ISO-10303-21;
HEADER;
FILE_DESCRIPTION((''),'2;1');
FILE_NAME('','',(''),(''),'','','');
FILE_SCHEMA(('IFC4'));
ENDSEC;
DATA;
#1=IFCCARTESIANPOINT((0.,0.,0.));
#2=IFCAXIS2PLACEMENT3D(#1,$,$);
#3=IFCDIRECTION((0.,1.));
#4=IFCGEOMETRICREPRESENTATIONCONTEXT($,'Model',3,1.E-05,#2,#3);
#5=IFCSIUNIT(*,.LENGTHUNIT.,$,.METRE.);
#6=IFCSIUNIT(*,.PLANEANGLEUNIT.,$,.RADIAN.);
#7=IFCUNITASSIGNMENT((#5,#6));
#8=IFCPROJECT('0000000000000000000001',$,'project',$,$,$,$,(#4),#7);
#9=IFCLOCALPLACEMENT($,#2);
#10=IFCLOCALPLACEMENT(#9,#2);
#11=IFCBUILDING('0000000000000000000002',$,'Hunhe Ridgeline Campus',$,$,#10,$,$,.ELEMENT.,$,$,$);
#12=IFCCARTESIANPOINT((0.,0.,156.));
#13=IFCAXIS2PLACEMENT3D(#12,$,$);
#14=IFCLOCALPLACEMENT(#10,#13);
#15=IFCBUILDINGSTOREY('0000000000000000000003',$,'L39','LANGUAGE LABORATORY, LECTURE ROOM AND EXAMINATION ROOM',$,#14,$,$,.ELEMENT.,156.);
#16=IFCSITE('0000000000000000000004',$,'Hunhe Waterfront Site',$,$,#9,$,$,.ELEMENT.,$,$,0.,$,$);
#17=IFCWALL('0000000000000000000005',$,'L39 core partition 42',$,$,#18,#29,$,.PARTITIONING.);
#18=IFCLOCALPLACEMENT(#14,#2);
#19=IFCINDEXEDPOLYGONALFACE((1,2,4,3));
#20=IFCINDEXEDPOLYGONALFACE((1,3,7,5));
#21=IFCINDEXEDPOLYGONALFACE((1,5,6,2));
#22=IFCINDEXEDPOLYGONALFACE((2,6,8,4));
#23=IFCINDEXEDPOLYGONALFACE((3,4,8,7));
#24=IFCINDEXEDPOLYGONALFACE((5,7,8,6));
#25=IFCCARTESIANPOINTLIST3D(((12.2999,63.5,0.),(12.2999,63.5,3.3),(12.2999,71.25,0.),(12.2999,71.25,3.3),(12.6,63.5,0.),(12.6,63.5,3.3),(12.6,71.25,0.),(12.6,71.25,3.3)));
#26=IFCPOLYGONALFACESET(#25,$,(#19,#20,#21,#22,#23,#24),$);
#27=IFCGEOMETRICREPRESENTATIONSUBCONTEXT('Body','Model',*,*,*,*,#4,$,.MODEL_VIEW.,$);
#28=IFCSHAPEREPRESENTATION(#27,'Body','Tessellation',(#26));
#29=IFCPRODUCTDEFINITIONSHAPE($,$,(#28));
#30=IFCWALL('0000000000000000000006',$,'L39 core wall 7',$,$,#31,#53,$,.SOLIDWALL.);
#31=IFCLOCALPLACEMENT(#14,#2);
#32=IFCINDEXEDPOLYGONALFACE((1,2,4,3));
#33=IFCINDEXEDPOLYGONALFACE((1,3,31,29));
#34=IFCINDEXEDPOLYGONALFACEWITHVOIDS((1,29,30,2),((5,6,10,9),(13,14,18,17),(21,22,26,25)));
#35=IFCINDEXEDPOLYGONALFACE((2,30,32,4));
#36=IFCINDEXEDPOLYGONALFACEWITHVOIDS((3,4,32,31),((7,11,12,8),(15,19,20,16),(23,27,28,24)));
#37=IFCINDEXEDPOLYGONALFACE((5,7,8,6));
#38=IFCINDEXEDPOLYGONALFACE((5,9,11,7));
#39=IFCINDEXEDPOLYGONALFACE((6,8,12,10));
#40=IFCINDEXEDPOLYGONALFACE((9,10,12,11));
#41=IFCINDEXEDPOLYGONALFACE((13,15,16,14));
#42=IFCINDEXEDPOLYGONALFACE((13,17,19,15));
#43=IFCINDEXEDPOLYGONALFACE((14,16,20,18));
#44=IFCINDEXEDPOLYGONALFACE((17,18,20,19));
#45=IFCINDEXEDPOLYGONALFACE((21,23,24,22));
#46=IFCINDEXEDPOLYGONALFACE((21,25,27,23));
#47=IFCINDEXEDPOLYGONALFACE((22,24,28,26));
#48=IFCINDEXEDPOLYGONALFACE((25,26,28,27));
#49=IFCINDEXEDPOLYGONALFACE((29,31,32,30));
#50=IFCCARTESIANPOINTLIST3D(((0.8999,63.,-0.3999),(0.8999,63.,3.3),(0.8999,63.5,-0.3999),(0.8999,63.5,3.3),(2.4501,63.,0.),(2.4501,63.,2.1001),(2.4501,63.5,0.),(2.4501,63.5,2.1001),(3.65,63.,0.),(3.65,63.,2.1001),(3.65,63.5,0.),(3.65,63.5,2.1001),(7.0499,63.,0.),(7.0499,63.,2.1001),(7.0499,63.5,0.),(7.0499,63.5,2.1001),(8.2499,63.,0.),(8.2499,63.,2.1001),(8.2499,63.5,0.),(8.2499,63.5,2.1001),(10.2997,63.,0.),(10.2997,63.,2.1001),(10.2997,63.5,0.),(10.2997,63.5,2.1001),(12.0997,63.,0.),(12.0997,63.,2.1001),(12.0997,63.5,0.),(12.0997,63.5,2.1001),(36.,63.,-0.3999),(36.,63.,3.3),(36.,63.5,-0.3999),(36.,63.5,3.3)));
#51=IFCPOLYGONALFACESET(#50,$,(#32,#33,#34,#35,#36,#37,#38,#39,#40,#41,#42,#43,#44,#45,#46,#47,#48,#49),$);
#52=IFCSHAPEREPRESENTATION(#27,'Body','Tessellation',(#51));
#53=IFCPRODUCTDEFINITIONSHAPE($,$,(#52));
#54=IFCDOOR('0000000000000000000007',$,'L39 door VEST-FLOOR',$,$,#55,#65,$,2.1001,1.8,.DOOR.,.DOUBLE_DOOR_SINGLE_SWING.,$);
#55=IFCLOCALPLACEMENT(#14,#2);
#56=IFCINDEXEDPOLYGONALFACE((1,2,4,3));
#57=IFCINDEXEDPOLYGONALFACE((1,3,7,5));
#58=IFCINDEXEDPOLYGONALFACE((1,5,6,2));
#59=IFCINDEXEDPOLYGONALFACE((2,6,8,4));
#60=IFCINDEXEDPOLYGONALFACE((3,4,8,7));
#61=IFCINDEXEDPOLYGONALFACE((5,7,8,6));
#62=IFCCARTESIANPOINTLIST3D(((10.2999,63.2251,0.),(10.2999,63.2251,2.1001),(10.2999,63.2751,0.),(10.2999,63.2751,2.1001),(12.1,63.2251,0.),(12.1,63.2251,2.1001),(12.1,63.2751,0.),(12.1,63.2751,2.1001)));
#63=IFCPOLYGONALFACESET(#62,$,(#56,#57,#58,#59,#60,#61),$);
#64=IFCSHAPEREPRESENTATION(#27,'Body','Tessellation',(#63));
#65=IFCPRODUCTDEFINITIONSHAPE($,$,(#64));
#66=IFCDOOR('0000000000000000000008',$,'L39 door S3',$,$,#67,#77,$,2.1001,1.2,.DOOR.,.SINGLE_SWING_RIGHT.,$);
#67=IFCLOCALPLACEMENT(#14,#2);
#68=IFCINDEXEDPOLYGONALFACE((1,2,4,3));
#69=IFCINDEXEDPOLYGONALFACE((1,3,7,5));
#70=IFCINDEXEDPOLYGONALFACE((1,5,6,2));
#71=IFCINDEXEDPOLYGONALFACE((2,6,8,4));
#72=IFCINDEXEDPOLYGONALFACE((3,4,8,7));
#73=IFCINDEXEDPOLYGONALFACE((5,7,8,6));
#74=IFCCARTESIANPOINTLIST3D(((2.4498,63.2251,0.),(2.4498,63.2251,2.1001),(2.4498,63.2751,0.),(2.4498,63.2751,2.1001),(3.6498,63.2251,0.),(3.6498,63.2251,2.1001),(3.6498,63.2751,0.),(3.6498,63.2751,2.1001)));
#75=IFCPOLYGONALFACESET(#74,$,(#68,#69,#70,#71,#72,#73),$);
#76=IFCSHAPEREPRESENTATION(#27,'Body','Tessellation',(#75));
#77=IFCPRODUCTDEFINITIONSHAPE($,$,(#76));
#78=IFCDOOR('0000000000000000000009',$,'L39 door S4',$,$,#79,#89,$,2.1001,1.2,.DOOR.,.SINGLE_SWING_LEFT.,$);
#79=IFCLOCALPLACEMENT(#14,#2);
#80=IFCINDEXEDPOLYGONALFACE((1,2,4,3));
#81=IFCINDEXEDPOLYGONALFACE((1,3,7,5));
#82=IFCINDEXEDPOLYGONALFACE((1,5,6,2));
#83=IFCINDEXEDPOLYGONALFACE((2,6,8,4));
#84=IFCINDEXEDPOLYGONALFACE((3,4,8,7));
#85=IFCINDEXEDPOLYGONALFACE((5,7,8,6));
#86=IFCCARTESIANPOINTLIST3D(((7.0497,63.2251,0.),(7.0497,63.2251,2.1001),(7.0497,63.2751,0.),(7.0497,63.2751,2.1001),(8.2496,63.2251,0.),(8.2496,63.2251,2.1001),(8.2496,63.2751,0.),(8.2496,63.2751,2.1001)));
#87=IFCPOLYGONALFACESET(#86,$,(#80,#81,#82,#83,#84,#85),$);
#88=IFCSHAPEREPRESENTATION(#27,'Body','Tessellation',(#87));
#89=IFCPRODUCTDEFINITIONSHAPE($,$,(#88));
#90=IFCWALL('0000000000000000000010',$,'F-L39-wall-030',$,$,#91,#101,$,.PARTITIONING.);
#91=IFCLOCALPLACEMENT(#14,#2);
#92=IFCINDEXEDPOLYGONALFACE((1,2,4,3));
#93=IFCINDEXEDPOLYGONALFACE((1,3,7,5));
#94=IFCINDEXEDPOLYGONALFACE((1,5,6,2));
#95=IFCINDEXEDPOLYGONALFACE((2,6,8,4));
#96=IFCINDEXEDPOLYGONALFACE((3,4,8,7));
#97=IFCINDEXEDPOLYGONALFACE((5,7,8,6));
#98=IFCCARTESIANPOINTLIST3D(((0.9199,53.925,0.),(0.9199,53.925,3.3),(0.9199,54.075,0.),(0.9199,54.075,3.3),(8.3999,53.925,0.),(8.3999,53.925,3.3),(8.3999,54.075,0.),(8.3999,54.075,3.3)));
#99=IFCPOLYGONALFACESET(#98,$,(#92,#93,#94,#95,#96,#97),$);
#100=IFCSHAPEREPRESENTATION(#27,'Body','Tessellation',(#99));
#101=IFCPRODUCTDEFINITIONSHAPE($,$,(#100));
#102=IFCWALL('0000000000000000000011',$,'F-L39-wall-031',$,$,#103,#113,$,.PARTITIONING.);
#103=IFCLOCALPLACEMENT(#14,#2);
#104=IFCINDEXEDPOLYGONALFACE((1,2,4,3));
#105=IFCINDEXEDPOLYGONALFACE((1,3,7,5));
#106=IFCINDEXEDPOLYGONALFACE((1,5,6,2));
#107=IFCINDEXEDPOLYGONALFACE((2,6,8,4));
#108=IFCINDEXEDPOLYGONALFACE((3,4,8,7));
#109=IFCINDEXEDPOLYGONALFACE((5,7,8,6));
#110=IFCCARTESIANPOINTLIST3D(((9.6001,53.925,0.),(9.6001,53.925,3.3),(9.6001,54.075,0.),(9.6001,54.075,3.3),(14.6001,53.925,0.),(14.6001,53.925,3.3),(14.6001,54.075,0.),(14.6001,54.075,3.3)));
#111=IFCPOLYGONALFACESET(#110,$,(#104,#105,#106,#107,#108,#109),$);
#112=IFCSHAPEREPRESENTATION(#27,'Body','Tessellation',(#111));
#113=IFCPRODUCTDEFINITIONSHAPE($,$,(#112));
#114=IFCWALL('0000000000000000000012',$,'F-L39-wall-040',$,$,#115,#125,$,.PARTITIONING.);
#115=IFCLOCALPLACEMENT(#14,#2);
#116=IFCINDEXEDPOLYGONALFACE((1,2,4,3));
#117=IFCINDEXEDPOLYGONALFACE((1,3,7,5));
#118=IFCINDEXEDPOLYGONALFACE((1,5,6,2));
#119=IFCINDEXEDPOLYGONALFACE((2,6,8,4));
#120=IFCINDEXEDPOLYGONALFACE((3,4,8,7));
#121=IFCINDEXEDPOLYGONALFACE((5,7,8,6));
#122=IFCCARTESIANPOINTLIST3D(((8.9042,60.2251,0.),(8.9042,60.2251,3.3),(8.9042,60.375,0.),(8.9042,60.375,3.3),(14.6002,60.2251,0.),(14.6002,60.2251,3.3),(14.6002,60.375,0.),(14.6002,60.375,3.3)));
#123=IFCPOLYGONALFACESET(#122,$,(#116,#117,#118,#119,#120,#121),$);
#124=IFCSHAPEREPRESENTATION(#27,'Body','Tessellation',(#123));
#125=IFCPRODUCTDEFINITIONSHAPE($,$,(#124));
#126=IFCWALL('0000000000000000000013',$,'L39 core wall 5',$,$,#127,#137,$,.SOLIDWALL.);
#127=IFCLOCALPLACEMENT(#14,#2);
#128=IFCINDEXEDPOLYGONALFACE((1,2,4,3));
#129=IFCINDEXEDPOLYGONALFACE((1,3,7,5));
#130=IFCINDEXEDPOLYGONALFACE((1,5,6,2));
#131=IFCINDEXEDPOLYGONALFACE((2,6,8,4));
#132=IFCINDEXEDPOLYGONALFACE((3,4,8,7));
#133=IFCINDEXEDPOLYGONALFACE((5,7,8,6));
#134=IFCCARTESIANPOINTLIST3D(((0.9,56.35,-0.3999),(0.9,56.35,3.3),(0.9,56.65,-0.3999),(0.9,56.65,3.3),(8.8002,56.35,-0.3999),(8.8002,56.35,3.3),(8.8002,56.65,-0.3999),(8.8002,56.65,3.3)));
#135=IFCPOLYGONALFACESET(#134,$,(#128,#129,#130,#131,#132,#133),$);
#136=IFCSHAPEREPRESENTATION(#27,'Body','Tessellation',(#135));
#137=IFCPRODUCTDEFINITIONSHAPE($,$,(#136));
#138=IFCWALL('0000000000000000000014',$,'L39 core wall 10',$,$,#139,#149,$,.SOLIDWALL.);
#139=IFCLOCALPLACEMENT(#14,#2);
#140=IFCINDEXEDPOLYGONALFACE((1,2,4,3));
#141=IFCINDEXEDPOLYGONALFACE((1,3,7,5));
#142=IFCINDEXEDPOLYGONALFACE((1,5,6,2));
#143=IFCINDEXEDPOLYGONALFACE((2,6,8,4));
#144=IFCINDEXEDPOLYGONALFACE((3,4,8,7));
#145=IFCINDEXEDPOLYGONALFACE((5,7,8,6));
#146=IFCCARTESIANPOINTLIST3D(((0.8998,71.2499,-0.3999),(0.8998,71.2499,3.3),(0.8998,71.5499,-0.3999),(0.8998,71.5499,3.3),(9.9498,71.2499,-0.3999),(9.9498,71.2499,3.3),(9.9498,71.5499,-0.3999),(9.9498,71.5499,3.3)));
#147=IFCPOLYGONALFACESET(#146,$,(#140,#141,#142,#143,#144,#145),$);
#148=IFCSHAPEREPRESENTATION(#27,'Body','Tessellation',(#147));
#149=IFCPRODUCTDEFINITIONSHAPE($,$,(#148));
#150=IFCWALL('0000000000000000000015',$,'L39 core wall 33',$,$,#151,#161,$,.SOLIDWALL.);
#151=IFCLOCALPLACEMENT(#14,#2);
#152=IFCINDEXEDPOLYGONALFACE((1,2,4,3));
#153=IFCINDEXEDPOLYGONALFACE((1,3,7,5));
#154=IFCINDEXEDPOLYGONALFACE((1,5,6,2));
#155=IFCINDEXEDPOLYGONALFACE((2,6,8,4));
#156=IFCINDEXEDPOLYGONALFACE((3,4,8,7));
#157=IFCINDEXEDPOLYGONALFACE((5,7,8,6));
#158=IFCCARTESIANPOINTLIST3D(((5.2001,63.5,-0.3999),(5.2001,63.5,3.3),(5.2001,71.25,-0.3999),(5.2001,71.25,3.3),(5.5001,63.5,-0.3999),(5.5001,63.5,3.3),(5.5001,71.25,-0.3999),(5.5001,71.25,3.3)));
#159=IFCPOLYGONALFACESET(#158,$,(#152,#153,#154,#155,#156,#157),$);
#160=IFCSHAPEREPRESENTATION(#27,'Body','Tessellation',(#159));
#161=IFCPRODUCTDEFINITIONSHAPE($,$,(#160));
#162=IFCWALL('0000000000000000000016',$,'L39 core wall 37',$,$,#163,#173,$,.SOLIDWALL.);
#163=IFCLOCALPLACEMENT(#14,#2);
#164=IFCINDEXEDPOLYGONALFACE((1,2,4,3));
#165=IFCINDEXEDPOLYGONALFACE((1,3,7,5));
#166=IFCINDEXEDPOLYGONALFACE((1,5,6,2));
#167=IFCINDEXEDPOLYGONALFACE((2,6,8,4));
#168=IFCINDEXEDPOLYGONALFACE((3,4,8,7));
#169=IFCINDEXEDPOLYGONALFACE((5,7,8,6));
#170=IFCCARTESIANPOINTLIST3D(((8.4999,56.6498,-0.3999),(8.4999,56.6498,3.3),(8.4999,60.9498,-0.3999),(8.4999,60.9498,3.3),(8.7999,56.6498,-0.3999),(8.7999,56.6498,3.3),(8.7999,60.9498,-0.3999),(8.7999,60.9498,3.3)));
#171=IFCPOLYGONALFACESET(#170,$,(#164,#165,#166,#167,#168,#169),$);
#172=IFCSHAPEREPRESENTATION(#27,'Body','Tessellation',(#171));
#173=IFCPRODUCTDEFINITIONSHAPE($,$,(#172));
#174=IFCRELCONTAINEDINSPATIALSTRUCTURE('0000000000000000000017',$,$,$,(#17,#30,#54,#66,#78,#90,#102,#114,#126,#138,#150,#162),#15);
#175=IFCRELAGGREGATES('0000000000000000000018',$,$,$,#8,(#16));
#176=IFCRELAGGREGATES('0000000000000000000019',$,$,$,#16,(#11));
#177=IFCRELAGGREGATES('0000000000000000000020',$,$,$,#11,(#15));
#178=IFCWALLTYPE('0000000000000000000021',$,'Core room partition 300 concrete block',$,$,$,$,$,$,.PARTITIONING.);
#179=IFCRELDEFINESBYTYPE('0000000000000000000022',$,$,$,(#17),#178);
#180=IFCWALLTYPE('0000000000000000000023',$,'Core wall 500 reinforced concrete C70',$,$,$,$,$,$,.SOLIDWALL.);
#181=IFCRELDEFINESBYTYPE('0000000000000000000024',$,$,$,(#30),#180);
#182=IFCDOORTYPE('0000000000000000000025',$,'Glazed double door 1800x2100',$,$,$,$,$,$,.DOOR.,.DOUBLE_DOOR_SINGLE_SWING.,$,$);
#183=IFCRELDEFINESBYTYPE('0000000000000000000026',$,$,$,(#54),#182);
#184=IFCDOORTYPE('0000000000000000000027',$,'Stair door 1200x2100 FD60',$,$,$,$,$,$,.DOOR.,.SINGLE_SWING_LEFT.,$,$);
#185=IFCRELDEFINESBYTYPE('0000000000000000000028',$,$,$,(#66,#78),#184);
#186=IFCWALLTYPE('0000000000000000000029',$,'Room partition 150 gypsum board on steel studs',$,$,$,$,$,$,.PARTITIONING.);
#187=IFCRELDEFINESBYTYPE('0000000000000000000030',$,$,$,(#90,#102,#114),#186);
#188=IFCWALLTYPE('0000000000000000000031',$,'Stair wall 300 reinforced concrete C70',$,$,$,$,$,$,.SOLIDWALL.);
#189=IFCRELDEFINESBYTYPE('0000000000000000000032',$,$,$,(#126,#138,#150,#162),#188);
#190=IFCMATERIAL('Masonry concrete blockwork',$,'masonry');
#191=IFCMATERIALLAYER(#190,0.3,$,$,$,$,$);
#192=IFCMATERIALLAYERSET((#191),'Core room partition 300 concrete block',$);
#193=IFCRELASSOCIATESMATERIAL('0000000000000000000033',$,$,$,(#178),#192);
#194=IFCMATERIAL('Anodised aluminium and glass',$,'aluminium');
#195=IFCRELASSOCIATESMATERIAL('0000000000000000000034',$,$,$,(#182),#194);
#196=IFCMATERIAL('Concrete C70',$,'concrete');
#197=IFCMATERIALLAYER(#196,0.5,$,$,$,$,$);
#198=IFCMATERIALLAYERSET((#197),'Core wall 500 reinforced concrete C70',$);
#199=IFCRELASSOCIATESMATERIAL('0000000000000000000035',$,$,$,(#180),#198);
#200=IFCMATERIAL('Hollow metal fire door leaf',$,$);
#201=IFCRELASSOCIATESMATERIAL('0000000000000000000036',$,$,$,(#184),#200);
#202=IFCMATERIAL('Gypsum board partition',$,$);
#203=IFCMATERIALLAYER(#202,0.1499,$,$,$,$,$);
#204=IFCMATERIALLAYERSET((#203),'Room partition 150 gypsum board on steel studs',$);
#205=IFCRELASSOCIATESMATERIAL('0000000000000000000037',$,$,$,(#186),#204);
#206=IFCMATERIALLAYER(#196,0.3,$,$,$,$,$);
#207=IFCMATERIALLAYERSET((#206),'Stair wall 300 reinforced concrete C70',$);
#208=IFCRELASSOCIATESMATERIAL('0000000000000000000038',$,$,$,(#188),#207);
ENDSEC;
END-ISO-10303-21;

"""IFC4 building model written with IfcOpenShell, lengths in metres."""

from ifc_helpers import new_model, si_unit, direction, frame, frame_2d, origin, place, context, subcontext, project, spatial, rectangle, extrude, material, layer, layer_set, type_object, element, fill, save


model = new_model("IFC4")

# Units and contexts
model_context = context("Model", 3, precision=1e-05, world=origin(), true_north=direction((0.0, 1.0)))
body_context = subcontext(model_context, "Body", "Model", "MODEL_VIEW")
ifc_project = project(units=[si_unit("LENGTHUNIT", "METRE"), si_unit("PLANEANGLEUNIT", "RADIAN")], contexts=[model_context])

# Site, building, storey
site_placement = place(None, origin())
site = spatial("IfcSite", under=ifc_project, at=site_placement, Name="Hunhe Waterfront Site", CompositionType="ELEMENT", RefElevation=0.0)
building_placement = place(site_placement, origin())
building = spatial("IfcBuilding", under=site, at=building_placement, Name="Hunhe Ridgeline Campus", CompositionType="ELEMENT")
storey_placement = place(building_placement, frame((0.0, 0.0, 156.0)))
storey = spatial("IfcBuildingStorey", under=building, at=storey_placement, Name="L39", Description="LANGUAGE LABORATORY, LECTURE ROOM AND EXAMINATION ROOM", CompositionType="ELEMENT", Elevation=156.0)

# Shared definitions
ifc_material_1 = material(Name="Masonry concrete blockwork", Category="masonry")
ifc_layer_1 = layer(ifc_material_1, 0.3)
ifc_layer_set_1 = layer_set([ifc_layer_1], Name="Core room partition 300 concrete block")
wall_type_1 = type_object("IfcWallType", Name="Core room partition 300 concrete block", PredefinedType="PARTITIONING", material=ifc_layer_set_1)
ifc_material_2 = material(Name="Anodised aluminium and glass", Category="aluminium")
door_type_1 = type_object("IfcDoorType", Name="Glazed double door 1800x2100", OperationType="DOUBLE_DOOR_SINGLE_SWING", PredefinedType="DOOR", material=ifc_material_2)

# Wall
wall_1_placement = place(storey_placement, frame((12.45, 63.5, 0.0), z_axis=(0.0, 0.0, 1.0), x_axis=(0.0, 1.0, 0.0)))
element("IfcWall", 1, at=wall_1_placement, inside=storey, type_object=wall_type_1, Name="L39 core partition 42", PredefinedType="PARTITIONING", context=body_context, shape_type="SweptSolid", body=[
    extrude(rectangle(XDim=7.75, YDim=0.3, at=frame_2d((3.875, 0.0))), origin(), (0.0, 0.0, 1.0), 3.3),
])

# Wall, openings, doors
ifc_material_3 = material(Name="Concrete C70", Category="concrete")
ifc_layer_2 = layer(ifc_material_3, 0.5)
ifc_layer_set_2 = layer_set([ifc_layer_2], Name="Core wall 500 reinforced concrete C70")
wall_type_2 = type_object("IfcWallType", Name="Core wall 500 reinforced concrete C70", PredefinedType="SOLIDWALL", material=ifc_layer_set_2)
wall_2_placement = place(storey_placement, frame((0.8999, 63.25, -0.3999), z_axis=(0.0, 0.0, 1.0), x_axis=(1.0, 0.0, 0.0)))
wall_2 = element("IfcWall", 2, at=wall_2_placement, inside=storey, type_object=wall_type_2, Name="L39 core wall 7", PredefinedType="SOLIDWALL", context=body_context, shape_type="SweptSolid", body=[
    extrude(rectangle(XDim=35.1001, YDim=0.5, at=frame_2d((17.55, 0.0))), origin(), (0.0, 0.0, 1.0), 3.7),
])
opening_1_placement = place(wall_2_placement, frame((9.3999, 0.0, 0.3999)))
opening_1 = element("IfcOpeningElement", 3, at=opening_1_placement, cuts=wall_2, PredefinedType="OPENING", context=body_context, shape_type="SweptSolid", body=[
    extrude(rectangle(XDim=1.8, YDim=2.1001, at=frame_2d((0.8999, 1.05))), frame((0.0, 0.25, 0.0), z_axis=(0.0, -1.0, 0.0), x_axis=(1.0, 0.0, 0.0)), (0.0, 0.0, 1.0), 0.5),
])
opening_2_placement = place(wall_2_placement, frame((1.55, 0.0, 0.3999)))
opening_2 = element("IfcOpeningElement", 4, at=opening_2_placement, cuts=wall_2, PredefinedType="OPENING", context=body_context, shape_type="SweptSolid", body=[
    extrude(rectangle(XDim=1.2, YDim=2.1001, at=frame_2d((0.6001, 1.05))), frame((0.0, 0.25, 0.0), z_axis=(0.0, -1.0, 0.0), x_axis=(1.0, 0.0, 0.0)), (0.0, 0.0, 1.0), 0.5),
])
opening_3_placement = place(wall_2_placement, frame((6.1499, 0.0, 0.3999)))
opening_3 = element("IfcOpeningElement", 5, at=opening_3_placement, cuts=wall_2, PredefinedType="OPENING", context=body_context, shape_type="SweptSolid", body=[
    extrude(rectangle(XDim=1.2, YDim=2.1001, at=frame_2d((0.6001, 1.05))), frame((0.0, 0.25, 0.0), z_axis=(0.0, -1.0, 0.0), x_axis=(1.0, 0.0, 0.0)), (0.0, 0.0, 1.0), 0.5),
])
door_1_placement = place(opening_1_placement, frame((1.8, 0.0, 0.0), z_axis=(0.0, 0.0, 1.0), x_axis=(-1.0, 0.0, 0.0)))
door_1 = element("IfcDoor", 6, at=door_1_placement, inside=storey, type_object=door_type_1, Name="L39 door VEST-FLOOR", OperationType="DOUBLE_DOOR_SINGLE_SWING", OverallHeight=2.1001, OverallWidth=1.8, PredefinedType="DOOR", context=body_context, shape_type="SweptSolid", body=[
    extrude(rectangle(XDim=1.8, YDim=2.1001, at=frame_2d((0.8999, 1.05))), frame((0.0, 0.0249, 0.0), z_axis=(0.0, -1.0, 0.0), x_axis=(1.0, 0.0, 0.0)), (0.0, 0.0, 1.0), 0.05),
])
fill(opening_1, door_1)
ifc_material_4 = material(Name="Hollow metal fire door leaf")
door_type_2 = type_object("IfcDoorType", Name="Stair door 1200x2100 FD60", OperationType="SINGLE_SWING_LEFT", PredefinedType="DOOR", material=ifc_material_4)
door_2_placement = place(opening_2_placement, frame((1.2, 0.0, 0.0), z_axis=(0.0, 0.0, 1.0), x_axis=(-1.0, 0.0, 0.0)))
door_2 = element("IfcDoor", 7, at=door_2_placement, inside=storey, type_object=door_type_2, Name="L39 door S3", OperationType="SINGLE_SWING_RIGHT", OverallHeight=2.1001, OverallWidth=1.2, PredefinedType="DOOR", context=body_context, shape_type="SweptSolid", body=[
    extrude(rectangle(XDim=1.2, YDim=2.1001, at=frame_2d((0.6001, 1.05))), frame((0.0, 0.0249, 0.0), z_axis=(0.0, -1.0, 0.0), x_axis=(1.0, 0.0, 0.0)), (0.0, 0.0, 1.0), 0.05),
])
fill(opening_2, door_2)
door_3_placement = place(opening_3_placement, frame((1.2, 0.0, 0.0), z_axis=(0.0, 0.0, 1.0), x_axis=(-1.0, 0.0, 0.0)))
door_3 = element("IfcDoor", 8, at=door_3_placement, inside=storey, type_object=door_type_2, Name="L39 door S4", OperationType="SINGLE_SWING_LEFT", OverallHeight=2.1001, OverallWidth=1.2, PredefinedType="DOOR", context=body_context, shape_type="SweptSolid", body=[
    extrude(rectangle(XDim=1.2, YDim=2.1001, at=frame_2d((0.6001, 1.05))), frame((0.0, 0.0249, 0.0), z_axis=(0.0, -1.0, 0.0), x_axis=(1.0, 0.0, 0.0)), (0.0, 0.0, 1.0), 0.05),
])
fill(opening_3, door_3)

# Walls
ifc_material_5 = material(Name="Gypsum board partition")
ifc_layer_3 = layer(ifc_material_5, 0.1499)
ifc_layer_set_3 = layer_set([ifc_layer_3], Name="Room partition 150 gypsum board on steel studs")
wall_type_3 = type_object("IfcWallType", Name="Room partition 150 gypsum board on steel studs", PredefinedType="PARTITIONING", material=ifc_layer_set_3)
wall_3_placement = place(storey_placement, frame((0.9199, 54.0, 0.0), z_axis=(0.0, 0.0, 1.0), x_axis=(1.0, 0.0, 0.0)))
element("IfcWall", 9, at=wall_3_placement, inside=storey, type_object=wall_type_3, Name="F-L39-wall-030", PredefinedType="PARTITIONING", context=body_context, shape_type="SweptSolid", body=[
    extrude(rectangle(XDim=7.48, YDim=0.1499, at=frame_2d((3.74, 0.0))), origin(), (0.0, 0.0, 1.0), 3.3),
])
wall_4_placement = place(storey_placement, frame((9.6001, 54.0, 0.0), z_axis=(0.0, 0.0, 1.0), x_axis=(1.0, 0.0, 0.0)))
element("IfcWall", 10, at=wall_4_placement, inside=storey, type_object=wall_type_3, Name="F-L39-wall-031", PredefinedType="PARTITIONING", context=body_context, shape_type="SweptSolid", body=[
    extrude(rectangle(XDim=5.0, YDim=0.1499, at=frame_2d((2.5, 0.0))), origin(), (0.0, 0.0, 1.0), 3.3),
])
wall_5_placement = place(storey_placement, frame((8.9041, 60.3, 0.0), z_axis=(0.0, 0.0, 1.0), x_axis=(1.0, 0.0, 0.0)))
element("IfcWall", 11, at=wall_5_placement, inside=storey, type_object=wall_type_3, Name="F-L39-wall-040", PredefinedType="PARTITIONING", context=body_context, shape_type="SweptSolid", body=[
    extrude(rectangle(XDim=5.696, YDim=0.1499, at=frame_2d((2.8481, 0.0))), origin(), (0.0, 0.0, 1.0), 3.3),
])
ifc_layer_4 = layer(ifc_material_3, 0.3)
ifc_layer_set_4 = layer_set([ifc_layer_4], Name="Stair wall 300 reinforced concrete C70")
wall_type_4 = type_object("IfcWallType", Name="Stair wall 300 reinforced concrete C70", PredefinedType="SOLIDWALL", material=ifc_layer_set_4)
wall_6_placement = place(storey_placement, frame((0.8999, 56.5, -0.3999), z_axis=(0.0, 0.0, 1.0), x_axis=(1.0, 0.0, 0.0)))
element("IfcWall", 12, at=wall_6_placement, inside=storey, type_object=wall_type_4, Name="L39 core wall 5", PredefinedType="SOLIDWALL", context=body_context, shape_type="SweptSolid", body=[
    extrude(rectangle(XDim=7.9001, YDim=0.3, at=frame_2d((3.9502, 0.0))), origin(), (0.0, 0.0, 1.0), 3.7),
])

# Walls
wall_7_placement = place(storey_placement, frame((0.8999, 71.3999, -0.3999), z_axis=(0.0, 0.0, 1.0), x_axis=(1.0, 0.0, 0.0)))
element("IfcWall", 13, at=wall_7_placement, inside=storey, type_object=wall_type_4, Name="L39 core wall 10", PredefinedType="SOLIDWALL", context=body_context, shape_type="SweptSolid", body=[
    extrude(rectangle(XDim=9.05, YDim=0.3, at=frame_2d((4.5249, 0.0))), origin(), (0.0, 0.0, 1.0), 3.7),
])
wall_8_placement = place(storey_placement, frame((5.3501, 63.5, -0.3999), z_axis=(0.0, 0.0, 1.0), x_axis=(0.0, 1.0, 0.0)))
element("IfcWall", 14, at=wall_8_placement, inside=storey, type_object=wall_type_4, Name="L39 core wall 33", PredefinedType="SOLIDWALL", context=body_context, shape_type="SweptSolid", body=[
    extrude(rectangle(XDim=7.75, YDim=0.3, at=frame_2d((3.875, 0.0))), origin(), (0.0, 0.0, 1.0), 3.7),
])
wall_9_placement = place(storey_placement, frame((8.6499, 56.6499, -0.3999), z_axis=(0.0, 0.0, 1.0), x_axis=(0.0, 1.0, 0.0)))
element("IfcWall", 15, at=wall_9_placement, inside=storey, type_object=wall_type_4, Name="L39 core wall 37", PredefinedType="SOLIDWALL", context=body_context, shape_type="SweptSolid", body=[
    extrude(rectangle(XDim=4.3, YDim=0.3, at=frame_2d((2.1499, 0.0))), origin(), (0.0, 0.0, 1.0), 3.7),
])

save(model, "model.ifc")
